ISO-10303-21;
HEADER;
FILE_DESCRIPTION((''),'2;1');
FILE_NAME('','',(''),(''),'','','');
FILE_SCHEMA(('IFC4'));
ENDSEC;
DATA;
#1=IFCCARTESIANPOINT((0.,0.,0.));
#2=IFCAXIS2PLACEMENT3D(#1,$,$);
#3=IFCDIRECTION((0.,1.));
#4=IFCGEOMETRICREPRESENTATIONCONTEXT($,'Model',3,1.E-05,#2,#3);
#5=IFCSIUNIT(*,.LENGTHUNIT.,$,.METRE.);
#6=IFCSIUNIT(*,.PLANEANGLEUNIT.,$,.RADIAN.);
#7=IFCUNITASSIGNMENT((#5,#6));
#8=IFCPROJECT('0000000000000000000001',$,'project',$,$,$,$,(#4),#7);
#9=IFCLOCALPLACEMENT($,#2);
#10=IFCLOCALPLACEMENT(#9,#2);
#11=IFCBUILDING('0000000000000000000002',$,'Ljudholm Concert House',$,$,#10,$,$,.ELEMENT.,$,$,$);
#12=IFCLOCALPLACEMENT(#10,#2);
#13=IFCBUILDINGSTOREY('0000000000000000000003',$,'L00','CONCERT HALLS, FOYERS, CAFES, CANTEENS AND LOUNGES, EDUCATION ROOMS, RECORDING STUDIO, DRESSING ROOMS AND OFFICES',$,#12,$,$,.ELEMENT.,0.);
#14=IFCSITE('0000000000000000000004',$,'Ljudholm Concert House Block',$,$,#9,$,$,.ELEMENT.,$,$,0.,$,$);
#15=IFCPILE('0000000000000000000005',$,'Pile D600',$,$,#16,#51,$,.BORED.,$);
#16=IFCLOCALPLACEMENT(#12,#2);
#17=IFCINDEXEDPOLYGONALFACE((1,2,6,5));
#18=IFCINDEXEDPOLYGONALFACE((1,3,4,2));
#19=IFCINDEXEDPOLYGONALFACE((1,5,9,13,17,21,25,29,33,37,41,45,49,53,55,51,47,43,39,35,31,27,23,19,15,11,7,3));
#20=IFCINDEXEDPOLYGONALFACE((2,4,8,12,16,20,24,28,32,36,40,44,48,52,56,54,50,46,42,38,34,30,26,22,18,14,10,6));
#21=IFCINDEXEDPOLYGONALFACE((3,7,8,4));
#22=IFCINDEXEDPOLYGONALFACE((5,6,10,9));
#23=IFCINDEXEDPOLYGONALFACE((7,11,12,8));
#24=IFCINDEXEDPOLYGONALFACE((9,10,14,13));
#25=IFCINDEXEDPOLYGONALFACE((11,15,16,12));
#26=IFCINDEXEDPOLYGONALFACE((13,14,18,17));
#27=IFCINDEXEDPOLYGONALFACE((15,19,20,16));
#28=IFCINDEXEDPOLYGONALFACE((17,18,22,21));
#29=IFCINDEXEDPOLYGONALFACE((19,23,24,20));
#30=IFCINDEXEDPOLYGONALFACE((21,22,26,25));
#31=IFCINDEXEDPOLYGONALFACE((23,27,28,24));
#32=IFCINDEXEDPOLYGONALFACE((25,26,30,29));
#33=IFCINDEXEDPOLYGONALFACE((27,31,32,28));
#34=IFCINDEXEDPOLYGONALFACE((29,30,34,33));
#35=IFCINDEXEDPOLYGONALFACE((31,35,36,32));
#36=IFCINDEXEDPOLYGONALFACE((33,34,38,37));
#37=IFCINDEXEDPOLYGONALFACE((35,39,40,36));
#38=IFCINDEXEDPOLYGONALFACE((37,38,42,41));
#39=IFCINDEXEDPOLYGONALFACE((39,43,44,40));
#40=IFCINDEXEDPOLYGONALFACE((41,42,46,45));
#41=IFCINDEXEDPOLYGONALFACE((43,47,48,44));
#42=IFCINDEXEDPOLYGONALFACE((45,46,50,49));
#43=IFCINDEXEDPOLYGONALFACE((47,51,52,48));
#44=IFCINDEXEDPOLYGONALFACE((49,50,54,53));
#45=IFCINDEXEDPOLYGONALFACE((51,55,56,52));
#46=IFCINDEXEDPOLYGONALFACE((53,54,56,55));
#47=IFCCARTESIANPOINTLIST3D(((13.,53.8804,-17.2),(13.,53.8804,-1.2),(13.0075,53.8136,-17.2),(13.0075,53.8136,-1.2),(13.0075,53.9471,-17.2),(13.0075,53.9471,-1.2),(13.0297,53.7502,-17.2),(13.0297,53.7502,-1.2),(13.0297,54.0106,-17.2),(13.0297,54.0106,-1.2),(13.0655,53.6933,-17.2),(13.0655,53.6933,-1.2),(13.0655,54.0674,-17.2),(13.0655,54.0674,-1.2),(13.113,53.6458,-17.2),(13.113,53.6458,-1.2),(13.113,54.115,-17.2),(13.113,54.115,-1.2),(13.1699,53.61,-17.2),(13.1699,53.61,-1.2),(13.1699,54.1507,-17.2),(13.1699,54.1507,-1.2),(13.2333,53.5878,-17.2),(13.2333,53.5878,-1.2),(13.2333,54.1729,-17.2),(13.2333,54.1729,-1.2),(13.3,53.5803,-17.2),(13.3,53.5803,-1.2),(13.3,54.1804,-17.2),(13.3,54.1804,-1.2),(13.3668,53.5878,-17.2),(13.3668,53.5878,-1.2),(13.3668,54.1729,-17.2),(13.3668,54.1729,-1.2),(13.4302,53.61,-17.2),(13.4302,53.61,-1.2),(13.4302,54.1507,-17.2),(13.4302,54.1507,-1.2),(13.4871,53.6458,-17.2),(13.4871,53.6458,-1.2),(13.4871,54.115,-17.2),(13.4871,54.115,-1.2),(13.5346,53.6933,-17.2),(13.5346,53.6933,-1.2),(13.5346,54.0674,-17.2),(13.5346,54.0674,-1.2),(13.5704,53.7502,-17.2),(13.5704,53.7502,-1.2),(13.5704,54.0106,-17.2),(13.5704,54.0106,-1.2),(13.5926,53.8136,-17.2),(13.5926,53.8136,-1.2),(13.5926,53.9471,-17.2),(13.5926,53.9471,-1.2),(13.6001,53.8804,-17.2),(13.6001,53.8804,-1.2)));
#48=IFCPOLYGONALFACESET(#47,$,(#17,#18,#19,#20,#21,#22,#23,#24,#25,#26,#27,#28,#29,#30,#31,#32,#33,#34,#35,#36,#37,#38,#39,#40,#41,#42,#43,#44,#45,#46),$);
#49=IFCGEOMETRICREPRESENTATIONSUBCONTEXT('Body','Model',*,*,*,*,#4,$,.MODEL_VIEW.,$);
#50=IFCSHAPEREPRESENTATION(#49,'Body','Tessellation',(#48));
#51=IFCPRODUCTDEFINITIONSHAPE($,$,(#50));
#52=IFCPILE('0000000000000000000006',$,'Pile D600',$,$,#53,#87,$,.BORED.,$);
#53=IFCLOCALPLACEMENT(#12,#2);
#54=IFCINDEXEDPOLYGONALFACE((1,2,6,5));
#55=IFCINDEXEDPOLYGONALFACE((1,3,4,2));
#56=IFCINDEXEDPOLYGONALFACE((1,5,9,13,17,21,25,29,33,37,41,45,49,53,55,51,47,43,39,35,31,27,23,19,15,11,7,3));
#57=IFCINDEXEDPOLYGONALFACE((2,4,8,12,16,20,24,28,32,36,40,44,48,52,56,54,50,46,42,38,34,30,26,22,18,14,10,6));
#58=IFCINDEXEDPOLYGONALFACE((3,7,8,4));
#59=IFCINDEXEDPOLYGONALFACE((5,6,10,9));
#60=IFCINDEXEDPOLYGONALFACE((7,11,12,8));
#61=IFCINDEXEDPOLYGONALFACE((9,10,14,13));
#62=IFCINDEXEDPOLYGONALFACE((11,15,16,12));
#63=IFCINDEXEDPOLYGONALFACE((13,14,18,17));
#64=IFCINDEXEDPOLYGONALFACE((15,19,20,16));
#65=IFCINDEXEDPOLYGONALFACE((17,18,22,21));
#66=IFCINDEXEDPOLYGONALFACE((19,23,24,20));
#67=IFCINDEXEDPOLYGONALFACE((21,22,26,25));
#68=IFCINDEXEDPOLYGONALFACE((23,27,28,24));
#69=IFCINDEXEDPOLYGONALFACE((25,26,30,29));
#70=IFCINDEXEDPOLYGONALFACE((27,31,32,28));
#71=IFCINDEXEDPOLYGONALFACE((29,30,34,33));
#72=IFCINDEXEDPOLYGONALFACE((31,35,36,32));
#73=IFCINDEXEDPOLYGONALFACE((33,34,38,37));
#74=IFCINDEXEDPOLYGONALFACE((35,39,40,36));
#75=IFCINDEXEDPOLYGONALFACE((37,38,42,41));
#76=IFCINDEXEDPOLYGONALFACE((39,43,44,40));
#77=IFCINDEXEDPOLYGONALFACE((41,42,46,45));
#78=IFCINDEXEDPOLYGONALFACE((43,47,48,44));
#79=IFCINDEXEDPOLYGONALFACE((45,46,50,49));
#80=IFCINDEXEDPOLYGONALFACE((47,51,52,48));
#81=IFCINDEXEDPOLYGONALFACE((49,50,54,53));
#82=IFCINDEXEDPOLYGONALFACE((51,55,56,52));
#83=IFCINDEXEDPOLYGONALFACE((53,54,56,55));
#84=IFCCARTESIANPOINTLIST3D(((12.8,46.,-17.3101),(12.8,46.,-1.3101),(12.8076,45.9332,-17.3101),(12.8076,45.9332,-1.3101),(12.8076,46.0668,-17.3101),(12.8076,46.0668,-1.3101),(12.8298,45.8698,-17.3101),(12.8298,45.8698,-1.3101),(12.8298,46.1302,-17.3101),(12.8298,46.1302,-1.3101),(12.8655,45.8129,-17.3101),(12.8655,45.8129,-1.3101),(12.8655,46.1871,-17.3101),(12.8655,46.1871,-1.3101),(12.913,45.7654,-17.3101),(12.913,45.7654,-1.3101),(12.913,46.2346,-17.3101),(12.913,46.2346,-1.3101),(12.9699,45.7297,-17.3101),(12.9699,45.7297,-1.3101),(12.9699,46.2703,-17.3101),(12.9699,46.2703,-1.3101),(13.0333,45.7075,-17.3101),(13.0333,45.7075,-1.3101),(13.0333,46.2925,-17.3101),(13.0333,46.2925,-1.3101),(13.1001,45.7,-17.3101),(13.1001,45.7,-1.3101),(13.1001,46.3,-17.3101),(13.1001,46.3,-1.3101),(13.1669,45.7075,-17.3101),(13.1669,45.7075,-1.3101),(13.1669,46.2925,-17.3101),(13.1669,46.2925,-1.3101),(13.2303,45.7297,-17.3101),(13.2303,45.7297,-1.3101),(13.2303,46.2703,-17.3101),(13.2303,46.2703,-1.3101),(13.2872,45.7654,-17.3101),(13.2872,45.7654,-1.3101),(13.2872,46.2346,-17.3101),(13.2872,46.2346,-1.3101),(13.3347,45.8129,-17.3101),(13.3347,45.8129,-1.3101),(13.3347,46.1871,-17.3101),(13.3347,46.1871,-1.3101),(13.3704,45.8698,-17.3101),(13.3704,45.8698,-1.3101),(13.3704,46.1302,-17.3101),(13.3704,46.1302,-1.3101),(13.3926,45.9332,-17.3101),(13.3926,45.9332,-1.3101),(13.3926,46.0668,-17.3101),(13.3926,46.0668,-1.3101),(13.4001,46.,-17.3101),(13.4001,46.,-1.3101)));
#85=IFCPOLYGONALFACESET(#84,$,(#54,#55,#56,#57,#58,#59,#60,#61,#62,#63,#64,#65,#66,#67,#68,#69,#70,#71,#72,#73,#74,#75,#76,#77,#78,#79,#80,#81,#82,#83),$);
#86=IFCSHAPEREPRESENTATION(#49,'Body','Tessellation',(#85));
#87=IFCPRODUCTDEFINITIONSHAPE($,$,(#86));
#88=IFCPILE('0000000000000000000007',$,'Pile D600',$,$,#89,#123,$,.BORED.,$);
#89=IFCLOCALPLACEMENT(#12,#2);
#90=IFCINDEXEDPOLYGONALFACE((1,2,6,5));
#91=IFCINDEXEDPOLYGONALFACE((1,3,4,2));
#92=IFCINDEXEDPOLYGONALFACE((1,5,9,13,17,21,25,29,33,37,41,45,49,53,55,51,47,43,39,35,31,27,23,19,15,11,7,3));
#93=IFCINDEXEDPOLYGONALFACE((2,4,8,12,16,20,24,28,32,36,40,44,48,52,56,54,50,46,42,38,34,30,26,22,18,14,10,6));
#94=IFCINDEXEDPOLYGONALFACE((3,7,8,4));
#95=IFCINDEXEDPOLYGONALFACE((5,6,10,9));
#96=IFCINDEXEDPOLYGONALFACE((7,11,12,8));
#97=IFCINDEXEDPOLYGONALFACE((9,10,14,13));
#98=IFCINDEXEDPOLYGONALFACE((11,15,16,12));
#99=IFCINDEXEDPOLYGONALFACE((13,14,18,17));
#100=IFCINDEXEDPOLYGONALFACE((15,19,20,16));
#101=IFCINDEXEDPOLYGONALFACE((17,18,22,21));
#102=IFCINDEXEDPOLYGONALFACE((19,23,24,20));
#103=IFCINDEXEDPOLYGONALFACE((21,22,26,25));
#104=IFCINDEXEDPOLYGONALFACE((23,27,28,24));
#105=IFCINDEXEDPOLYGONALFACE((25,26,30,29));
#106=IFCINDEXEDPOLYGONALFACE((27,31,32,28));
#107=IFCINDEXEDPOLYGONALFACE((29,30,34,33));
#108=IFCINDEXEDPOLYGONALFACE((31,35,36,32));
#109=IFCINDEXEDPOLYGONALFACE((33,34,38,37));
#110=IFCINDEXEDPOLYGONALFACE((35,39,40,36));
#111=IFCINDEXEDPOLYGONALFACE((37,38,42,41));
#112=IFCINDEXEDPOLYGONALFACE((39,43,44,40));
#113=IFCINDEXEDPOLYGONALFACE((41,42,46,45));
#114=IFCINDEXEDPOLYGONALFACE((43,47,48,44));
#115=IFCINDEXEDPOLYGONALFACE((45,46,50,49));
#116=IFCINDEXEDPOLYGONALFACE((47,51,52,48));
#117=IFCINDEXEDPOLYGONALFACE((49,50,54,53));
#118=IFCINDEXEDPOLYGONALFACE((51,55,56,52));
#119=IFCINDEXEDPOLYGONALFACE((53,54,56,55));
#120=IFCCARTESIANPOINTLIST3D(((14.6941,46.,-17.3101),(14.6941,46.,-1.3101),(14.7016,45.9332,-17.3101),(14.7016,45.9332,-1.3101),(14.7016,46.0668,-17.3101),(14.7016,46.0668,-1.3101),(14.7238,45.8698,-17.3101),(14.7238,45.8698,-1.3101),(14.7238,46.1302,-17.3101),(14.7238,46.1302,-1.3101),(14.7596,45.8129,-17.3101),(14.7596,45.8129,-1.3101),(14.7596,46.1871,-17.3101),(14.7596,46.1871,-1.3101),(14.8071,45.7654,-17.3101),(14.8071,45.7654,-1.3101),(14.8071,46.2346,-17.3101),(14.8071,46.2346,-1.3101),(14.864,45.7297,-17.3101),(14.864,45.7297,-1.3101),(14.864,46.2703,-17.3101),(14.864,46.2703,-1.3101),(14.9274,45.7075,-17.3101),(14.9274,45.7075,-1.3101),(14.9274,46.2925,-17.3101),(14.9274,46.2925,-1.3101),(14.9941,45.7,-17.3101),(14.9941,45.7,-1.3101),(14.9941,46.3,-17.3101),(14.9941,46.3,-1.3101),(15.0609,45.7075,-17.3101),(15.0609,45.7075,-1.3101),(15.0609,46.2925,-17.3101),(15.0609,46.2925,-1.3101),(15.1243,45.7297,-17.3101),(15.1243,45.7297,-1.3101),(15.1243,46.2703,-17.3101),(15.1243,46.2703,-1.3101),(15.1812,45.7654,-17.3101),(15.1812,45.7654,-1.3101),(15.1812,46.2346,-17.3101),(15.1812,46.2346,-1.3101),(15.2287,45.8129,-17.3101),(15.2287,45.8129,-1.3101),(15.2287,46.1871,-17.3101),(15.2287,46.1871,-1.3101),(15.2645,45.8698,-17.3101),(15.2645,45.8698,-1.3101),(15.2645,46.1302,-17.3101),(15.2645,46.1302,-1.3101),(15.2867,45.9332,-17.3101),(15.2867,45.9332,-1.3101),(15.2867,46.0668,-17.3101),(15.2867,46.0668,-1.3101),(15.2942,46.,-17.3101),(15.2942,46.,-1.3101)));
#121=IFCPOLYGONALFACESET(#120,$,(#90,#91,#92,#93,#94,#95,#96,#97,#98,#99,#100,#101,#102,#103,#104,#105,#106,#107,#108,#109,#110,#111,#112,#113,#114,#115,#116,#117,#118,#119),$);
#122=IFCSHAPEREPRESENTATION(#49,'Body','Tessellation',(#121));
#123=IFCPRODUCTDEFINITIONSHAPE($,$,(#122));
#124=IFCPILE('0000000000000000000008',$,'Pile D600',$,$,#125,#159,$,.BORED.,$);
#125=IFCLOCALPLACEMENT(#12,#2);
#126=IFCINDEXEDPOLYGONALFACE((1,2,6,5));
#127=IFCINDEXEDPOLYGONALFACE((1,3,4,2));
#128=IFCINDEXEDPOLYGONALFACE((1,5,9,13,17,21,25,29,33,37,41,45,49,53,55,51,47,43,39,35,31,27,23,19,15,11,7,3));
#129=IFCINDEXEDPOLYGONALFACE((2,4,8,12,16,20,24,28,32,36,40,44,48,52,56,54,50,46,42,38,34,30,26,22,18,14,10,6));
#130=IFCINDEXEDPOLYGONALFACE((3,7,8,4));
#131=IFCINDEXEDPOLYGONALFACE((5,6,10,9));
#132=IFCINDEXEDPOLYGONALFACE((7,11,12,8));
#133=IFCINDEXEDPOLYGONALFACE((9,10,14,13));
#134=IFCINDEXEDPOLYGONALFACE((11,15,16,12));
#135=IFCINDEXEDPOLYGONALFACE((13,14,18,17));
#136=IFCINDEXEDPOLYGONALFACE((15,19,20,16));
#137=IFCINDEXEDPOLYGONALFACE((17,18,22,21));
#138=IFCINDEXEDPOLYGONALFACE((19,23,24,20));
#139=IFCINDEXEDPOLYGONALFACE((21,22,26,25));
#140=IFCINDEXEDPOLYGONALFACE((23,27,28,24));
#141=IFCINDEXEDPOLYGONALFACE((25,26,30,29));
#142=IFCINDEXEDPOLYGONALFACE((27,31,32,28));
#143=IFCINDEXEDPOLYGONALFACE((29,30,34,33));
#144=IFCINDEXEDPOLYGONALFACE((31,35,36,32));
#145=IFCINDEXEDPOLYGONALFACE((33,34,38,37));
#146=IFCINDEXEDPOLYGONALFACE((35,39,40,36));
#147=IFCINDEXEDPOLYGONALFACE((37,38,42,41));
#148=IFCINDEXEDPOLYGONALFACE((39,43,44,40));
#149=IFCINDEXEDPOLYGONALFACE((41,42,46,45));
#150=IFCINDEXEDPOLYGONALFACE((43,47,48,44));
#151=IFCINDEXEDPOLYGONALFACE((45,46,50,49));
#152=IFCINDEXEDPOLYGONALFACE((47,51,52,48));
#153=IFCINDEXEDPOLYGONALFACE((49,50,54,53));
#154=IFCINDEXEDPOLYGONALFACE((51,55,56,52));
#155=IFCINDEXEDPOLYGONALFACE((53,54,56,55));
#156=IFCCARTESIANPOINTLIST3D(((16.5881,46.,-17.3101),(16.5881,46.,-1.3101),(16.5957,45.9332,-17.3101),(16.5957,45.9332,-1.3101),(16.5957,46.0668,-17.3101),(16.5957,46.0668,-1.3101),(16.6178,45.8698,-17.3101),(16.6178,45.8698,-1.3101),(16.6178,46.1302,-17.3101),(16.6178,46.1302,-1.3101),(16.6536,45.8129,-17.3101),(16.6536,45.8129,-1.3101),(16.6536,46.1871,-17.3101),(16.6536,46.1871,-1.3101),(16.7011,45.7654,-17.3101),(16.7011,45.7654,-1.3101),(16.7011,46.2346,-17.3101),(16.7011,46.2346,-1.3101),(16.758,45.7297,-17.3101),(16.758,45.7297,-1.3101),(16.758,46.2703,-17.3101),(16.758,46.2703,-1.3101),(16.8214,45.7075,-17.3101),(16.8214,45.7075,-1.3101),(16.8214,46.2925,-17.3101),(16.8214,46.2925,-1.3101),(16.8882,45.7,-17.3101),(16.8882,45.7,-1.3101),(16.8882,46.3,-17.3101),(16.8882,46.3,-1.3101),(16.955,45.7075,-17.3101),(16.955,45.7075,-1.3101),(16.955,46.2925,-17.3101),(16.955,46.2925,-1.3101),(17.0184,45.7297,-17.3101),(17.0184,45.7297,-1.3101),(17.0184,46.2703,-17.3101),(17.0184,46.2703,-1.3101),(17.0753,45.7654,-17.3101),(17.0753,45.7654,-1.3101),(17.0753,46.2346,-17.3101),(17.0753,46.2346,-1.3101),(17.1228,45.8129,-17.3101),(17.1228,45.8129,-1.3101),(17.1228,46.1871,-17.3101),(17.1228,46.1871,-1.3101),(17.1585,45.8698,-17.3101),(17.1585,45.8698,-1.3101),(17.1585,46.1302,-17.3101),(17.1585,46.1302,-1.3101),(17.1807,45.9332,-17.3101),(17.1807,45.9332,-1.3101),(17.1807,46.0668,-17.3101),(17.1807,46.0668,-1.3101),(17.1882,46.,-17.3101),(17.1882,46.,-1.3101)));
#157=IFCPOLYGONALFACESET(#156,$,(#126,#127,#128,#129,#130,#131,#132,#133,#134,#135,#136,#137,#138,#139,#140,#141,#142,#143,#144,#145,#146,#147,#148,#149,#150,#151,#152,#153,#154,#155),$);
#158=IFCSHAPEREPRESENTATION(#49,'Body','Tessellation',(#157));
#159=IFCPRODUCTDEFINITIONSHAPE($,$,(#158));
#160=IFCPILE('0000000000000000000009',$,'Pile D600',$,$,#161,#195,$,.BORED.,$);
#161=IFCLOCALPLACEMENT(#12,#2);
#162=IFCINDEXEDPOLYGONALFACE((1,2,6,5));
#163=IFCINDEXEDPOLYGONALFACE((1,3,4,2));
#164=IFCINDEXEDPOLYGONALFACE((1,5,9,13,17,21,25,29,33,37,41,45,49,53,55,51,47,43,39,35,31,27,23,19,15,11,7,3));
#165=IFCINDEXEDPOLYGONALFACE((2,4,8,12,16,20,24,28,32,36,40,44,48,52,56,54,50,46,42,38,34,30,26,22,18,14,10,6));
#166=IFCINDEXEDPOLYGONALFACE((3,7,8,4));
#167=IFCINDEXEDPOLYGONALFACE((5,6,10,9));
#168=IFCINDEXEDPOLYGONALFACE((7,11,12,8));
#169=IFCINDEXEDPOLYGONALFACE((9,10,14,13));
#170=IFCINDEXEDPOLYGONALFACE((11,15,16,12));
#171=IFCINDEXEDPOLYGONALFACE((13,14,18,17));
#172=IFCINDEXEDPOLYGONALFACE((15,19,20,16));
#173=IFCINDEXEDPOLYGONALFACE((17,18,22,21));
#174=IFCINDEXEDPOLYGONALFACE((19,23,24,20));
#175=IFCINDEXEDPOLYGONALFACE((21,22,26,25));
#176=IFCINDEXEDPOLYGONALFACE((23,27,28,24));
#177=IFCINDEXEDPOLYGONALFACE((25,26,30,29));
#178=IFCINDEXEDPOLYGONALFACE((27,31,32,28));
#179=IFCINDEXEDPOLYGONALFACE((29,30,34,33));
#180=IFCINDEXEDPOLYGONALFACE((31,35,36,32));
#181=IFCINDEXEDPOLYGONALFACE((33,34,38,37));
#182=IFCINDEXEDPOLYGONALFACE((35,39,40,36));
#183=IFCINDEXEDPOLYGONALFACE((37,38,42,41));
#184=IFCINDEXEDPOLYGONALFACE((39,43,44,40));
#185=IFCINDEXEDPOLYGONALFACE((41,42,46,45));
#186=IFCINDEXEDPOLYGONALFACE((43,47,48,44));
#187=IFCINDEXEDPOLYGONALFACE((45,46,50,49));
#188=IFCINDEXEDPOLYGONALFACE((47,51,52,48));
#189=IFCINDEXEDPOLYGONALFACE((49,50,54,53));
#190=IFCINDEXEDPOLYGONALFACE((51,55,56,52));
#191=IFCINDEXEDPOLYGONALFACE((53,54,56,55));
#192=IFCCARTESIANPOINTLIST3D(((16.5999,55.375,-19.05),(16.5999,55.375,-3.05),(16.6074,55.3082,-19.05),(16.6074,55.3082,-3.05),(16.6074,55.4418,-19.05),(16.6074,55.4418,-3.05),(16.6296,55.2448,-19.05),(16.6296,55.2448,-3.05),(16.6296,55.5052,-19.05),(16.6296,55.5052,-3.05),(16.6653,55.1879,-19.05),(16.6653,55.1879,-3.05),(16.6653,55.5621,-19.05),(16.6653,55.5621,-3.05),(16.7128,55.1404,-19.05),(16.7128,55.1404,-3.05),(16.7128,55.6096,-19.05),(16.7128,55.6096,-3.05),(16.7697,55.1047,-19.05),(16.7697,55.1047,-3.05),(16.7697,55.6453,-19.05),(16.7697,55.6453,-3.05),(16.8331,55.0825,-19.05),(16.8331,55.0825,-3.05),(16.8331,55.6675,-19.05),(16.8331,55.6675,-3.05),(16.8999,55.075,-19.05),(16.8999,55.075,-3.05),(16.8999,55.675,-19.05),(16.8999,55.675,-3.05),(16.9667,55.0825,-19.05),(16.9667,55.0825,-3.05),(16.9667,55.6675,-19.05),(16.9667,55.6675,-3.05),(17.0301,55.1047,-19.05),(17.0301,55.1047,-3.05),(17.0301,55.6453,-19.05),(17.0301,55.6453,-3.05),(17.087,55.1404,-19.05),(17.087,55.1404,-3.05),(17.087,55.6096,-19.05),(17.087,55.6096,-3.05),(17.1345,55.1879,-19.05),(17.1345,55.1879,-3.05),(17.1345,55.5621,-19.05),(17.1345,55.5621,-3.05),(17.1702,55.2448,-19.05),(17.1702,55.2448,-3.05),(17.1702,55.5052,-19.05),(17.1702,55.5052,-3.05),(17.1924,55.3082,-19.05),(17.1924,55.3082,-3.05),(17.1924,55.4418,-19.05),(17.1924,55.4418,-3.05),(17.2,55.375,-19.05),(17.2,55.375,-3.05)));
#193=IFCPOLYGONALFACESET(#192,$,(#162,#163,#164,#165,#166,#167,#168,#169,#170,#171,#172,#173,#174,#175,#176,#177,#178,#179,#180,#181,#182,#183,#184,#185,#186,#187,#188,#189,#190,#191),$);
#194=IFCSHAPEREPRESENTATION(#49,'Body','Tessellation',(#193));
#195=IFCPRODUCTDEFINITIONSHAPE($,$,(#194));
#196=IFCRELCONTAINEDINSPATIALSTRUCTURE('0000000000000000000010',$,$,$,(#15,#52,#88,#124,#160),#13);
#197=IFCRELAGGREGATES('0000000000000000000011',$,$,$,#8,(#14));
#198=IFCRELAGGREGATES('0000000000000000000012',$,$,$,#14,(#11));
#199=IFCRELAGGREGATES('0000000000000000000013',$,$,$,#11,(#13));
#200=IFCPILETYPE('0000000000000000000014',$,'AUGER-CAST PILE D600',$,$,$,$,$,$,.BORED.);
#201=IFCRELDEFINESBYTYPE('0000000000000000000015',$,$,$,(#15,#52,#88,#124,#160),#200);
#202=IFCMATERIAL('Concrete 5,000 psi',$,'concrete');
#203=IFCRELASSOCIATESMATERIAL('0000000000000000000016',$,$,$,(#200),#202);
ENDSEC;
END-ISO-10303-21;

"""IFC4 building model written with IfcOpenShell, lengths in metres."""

from ifc_helpers import new_model, si_unit, direction, frame, origin, origin_2d, place, context, subcontext, project, spatial, circle, extrude, material, material_profile, profile_set, type_object, element, save


model = new_model("IFC4")

# Units and contexts
model_context = context("Model", 3, precision=1e-05, world=origin(), true_north=direction((0.0, 1.0)))
body_context = subcontext(model_context, "Body", "Model", "MODEL_VIEW")
ifc_project = project(units=[si_unit("LENGTHUNIT", "METRE"), si_unit("PLANEANGLEUNIT", "RADIAN")], contexts=[model_context])

# Site, building, storey
site_placement = place(None, origin())
site = spatial("IfcSite", under=ifc_project, at=site_placement, Name="Ljudholm Concert House Block", CompositionType="ELEMENT", RefElevation=0.0)
building_placement = place(site_placement, origin())
building = spatial("IfcBuilding", under=site, at=building_placement, Name="Ljudholm Concert House", CompositionType="ELEMENT")
storey_placement = place(building_placement, origin())
storey = spatial("IfcBuildingStorey", under=building, at=storey_placement, Name="L00", Description="CONCERT HALLS, FOYERS, CAFES, CANTEENS AND LOUNGES, EDUCATION ROOMS, RECORDING STUDIO, DRESSING ROOMS AND OFFICES", CompositionType="ELEMENT", Elevation=0.0)

# Piles
ifc_material_1 = material(Name="Concrete 5,000 psi", Category="concrete")
ifc_material_profile = material_profile(ifc_material_1, circle(Radius=0.3, at=origin_2d()), Name="AUGER-CAST PILE D600")
ifc_profile_set = profile_set([ifc_material_profile], Name="Concrete 5,000 psi")
pile_type = type_object("IfcPileType", Name="AUGER-CAST PILE D600", PredefinedType="BORED", material=ifc_profile_set)
for number, where, z_axis, x_axis, name in (
    (1, (13.3, 53.8804, -1.2), (0.0, 0.0, -1.0), (1.0, 0.0, 0.0), "Pile D600"),
    (2, (13.1001, 46.0, -1.3101), (0.0, 0.0, -1.0), (1.0, 0.0, 0.0), "Pile D600"),
    (3, (14.9941, 46.0, -1.3101), (0.0, 0.0, -1.0), (1.0, 0.0, 0.0), "Pile D600"),
    (4, (16.8882, 46.0, -1.3101), (0.0, 0.0, -1.0), (1.0, 0.0, 0.0), "Pile D600"),
    (5, (16.8999, 55.375, -3.05), (0.0, 0.0, -1.0), (1.0, 0.0, 0.0), "Pile D600"),
):
    element("IfcPile", number, at=place(storey_placement, frame(where, z_axis=z_axis, x_axis=x_axis)), inside=storey, type_object=pile_type, Name=name, PredefinedType="BORED", context=body_context, shape_type="SweptSolid", body=[
        extrude(circle(Radius=0.3, at=origin_2d()), origin(), (0.0, 0.0, 1.0), 16.0),
    ])

save(model, "model.ifc")
